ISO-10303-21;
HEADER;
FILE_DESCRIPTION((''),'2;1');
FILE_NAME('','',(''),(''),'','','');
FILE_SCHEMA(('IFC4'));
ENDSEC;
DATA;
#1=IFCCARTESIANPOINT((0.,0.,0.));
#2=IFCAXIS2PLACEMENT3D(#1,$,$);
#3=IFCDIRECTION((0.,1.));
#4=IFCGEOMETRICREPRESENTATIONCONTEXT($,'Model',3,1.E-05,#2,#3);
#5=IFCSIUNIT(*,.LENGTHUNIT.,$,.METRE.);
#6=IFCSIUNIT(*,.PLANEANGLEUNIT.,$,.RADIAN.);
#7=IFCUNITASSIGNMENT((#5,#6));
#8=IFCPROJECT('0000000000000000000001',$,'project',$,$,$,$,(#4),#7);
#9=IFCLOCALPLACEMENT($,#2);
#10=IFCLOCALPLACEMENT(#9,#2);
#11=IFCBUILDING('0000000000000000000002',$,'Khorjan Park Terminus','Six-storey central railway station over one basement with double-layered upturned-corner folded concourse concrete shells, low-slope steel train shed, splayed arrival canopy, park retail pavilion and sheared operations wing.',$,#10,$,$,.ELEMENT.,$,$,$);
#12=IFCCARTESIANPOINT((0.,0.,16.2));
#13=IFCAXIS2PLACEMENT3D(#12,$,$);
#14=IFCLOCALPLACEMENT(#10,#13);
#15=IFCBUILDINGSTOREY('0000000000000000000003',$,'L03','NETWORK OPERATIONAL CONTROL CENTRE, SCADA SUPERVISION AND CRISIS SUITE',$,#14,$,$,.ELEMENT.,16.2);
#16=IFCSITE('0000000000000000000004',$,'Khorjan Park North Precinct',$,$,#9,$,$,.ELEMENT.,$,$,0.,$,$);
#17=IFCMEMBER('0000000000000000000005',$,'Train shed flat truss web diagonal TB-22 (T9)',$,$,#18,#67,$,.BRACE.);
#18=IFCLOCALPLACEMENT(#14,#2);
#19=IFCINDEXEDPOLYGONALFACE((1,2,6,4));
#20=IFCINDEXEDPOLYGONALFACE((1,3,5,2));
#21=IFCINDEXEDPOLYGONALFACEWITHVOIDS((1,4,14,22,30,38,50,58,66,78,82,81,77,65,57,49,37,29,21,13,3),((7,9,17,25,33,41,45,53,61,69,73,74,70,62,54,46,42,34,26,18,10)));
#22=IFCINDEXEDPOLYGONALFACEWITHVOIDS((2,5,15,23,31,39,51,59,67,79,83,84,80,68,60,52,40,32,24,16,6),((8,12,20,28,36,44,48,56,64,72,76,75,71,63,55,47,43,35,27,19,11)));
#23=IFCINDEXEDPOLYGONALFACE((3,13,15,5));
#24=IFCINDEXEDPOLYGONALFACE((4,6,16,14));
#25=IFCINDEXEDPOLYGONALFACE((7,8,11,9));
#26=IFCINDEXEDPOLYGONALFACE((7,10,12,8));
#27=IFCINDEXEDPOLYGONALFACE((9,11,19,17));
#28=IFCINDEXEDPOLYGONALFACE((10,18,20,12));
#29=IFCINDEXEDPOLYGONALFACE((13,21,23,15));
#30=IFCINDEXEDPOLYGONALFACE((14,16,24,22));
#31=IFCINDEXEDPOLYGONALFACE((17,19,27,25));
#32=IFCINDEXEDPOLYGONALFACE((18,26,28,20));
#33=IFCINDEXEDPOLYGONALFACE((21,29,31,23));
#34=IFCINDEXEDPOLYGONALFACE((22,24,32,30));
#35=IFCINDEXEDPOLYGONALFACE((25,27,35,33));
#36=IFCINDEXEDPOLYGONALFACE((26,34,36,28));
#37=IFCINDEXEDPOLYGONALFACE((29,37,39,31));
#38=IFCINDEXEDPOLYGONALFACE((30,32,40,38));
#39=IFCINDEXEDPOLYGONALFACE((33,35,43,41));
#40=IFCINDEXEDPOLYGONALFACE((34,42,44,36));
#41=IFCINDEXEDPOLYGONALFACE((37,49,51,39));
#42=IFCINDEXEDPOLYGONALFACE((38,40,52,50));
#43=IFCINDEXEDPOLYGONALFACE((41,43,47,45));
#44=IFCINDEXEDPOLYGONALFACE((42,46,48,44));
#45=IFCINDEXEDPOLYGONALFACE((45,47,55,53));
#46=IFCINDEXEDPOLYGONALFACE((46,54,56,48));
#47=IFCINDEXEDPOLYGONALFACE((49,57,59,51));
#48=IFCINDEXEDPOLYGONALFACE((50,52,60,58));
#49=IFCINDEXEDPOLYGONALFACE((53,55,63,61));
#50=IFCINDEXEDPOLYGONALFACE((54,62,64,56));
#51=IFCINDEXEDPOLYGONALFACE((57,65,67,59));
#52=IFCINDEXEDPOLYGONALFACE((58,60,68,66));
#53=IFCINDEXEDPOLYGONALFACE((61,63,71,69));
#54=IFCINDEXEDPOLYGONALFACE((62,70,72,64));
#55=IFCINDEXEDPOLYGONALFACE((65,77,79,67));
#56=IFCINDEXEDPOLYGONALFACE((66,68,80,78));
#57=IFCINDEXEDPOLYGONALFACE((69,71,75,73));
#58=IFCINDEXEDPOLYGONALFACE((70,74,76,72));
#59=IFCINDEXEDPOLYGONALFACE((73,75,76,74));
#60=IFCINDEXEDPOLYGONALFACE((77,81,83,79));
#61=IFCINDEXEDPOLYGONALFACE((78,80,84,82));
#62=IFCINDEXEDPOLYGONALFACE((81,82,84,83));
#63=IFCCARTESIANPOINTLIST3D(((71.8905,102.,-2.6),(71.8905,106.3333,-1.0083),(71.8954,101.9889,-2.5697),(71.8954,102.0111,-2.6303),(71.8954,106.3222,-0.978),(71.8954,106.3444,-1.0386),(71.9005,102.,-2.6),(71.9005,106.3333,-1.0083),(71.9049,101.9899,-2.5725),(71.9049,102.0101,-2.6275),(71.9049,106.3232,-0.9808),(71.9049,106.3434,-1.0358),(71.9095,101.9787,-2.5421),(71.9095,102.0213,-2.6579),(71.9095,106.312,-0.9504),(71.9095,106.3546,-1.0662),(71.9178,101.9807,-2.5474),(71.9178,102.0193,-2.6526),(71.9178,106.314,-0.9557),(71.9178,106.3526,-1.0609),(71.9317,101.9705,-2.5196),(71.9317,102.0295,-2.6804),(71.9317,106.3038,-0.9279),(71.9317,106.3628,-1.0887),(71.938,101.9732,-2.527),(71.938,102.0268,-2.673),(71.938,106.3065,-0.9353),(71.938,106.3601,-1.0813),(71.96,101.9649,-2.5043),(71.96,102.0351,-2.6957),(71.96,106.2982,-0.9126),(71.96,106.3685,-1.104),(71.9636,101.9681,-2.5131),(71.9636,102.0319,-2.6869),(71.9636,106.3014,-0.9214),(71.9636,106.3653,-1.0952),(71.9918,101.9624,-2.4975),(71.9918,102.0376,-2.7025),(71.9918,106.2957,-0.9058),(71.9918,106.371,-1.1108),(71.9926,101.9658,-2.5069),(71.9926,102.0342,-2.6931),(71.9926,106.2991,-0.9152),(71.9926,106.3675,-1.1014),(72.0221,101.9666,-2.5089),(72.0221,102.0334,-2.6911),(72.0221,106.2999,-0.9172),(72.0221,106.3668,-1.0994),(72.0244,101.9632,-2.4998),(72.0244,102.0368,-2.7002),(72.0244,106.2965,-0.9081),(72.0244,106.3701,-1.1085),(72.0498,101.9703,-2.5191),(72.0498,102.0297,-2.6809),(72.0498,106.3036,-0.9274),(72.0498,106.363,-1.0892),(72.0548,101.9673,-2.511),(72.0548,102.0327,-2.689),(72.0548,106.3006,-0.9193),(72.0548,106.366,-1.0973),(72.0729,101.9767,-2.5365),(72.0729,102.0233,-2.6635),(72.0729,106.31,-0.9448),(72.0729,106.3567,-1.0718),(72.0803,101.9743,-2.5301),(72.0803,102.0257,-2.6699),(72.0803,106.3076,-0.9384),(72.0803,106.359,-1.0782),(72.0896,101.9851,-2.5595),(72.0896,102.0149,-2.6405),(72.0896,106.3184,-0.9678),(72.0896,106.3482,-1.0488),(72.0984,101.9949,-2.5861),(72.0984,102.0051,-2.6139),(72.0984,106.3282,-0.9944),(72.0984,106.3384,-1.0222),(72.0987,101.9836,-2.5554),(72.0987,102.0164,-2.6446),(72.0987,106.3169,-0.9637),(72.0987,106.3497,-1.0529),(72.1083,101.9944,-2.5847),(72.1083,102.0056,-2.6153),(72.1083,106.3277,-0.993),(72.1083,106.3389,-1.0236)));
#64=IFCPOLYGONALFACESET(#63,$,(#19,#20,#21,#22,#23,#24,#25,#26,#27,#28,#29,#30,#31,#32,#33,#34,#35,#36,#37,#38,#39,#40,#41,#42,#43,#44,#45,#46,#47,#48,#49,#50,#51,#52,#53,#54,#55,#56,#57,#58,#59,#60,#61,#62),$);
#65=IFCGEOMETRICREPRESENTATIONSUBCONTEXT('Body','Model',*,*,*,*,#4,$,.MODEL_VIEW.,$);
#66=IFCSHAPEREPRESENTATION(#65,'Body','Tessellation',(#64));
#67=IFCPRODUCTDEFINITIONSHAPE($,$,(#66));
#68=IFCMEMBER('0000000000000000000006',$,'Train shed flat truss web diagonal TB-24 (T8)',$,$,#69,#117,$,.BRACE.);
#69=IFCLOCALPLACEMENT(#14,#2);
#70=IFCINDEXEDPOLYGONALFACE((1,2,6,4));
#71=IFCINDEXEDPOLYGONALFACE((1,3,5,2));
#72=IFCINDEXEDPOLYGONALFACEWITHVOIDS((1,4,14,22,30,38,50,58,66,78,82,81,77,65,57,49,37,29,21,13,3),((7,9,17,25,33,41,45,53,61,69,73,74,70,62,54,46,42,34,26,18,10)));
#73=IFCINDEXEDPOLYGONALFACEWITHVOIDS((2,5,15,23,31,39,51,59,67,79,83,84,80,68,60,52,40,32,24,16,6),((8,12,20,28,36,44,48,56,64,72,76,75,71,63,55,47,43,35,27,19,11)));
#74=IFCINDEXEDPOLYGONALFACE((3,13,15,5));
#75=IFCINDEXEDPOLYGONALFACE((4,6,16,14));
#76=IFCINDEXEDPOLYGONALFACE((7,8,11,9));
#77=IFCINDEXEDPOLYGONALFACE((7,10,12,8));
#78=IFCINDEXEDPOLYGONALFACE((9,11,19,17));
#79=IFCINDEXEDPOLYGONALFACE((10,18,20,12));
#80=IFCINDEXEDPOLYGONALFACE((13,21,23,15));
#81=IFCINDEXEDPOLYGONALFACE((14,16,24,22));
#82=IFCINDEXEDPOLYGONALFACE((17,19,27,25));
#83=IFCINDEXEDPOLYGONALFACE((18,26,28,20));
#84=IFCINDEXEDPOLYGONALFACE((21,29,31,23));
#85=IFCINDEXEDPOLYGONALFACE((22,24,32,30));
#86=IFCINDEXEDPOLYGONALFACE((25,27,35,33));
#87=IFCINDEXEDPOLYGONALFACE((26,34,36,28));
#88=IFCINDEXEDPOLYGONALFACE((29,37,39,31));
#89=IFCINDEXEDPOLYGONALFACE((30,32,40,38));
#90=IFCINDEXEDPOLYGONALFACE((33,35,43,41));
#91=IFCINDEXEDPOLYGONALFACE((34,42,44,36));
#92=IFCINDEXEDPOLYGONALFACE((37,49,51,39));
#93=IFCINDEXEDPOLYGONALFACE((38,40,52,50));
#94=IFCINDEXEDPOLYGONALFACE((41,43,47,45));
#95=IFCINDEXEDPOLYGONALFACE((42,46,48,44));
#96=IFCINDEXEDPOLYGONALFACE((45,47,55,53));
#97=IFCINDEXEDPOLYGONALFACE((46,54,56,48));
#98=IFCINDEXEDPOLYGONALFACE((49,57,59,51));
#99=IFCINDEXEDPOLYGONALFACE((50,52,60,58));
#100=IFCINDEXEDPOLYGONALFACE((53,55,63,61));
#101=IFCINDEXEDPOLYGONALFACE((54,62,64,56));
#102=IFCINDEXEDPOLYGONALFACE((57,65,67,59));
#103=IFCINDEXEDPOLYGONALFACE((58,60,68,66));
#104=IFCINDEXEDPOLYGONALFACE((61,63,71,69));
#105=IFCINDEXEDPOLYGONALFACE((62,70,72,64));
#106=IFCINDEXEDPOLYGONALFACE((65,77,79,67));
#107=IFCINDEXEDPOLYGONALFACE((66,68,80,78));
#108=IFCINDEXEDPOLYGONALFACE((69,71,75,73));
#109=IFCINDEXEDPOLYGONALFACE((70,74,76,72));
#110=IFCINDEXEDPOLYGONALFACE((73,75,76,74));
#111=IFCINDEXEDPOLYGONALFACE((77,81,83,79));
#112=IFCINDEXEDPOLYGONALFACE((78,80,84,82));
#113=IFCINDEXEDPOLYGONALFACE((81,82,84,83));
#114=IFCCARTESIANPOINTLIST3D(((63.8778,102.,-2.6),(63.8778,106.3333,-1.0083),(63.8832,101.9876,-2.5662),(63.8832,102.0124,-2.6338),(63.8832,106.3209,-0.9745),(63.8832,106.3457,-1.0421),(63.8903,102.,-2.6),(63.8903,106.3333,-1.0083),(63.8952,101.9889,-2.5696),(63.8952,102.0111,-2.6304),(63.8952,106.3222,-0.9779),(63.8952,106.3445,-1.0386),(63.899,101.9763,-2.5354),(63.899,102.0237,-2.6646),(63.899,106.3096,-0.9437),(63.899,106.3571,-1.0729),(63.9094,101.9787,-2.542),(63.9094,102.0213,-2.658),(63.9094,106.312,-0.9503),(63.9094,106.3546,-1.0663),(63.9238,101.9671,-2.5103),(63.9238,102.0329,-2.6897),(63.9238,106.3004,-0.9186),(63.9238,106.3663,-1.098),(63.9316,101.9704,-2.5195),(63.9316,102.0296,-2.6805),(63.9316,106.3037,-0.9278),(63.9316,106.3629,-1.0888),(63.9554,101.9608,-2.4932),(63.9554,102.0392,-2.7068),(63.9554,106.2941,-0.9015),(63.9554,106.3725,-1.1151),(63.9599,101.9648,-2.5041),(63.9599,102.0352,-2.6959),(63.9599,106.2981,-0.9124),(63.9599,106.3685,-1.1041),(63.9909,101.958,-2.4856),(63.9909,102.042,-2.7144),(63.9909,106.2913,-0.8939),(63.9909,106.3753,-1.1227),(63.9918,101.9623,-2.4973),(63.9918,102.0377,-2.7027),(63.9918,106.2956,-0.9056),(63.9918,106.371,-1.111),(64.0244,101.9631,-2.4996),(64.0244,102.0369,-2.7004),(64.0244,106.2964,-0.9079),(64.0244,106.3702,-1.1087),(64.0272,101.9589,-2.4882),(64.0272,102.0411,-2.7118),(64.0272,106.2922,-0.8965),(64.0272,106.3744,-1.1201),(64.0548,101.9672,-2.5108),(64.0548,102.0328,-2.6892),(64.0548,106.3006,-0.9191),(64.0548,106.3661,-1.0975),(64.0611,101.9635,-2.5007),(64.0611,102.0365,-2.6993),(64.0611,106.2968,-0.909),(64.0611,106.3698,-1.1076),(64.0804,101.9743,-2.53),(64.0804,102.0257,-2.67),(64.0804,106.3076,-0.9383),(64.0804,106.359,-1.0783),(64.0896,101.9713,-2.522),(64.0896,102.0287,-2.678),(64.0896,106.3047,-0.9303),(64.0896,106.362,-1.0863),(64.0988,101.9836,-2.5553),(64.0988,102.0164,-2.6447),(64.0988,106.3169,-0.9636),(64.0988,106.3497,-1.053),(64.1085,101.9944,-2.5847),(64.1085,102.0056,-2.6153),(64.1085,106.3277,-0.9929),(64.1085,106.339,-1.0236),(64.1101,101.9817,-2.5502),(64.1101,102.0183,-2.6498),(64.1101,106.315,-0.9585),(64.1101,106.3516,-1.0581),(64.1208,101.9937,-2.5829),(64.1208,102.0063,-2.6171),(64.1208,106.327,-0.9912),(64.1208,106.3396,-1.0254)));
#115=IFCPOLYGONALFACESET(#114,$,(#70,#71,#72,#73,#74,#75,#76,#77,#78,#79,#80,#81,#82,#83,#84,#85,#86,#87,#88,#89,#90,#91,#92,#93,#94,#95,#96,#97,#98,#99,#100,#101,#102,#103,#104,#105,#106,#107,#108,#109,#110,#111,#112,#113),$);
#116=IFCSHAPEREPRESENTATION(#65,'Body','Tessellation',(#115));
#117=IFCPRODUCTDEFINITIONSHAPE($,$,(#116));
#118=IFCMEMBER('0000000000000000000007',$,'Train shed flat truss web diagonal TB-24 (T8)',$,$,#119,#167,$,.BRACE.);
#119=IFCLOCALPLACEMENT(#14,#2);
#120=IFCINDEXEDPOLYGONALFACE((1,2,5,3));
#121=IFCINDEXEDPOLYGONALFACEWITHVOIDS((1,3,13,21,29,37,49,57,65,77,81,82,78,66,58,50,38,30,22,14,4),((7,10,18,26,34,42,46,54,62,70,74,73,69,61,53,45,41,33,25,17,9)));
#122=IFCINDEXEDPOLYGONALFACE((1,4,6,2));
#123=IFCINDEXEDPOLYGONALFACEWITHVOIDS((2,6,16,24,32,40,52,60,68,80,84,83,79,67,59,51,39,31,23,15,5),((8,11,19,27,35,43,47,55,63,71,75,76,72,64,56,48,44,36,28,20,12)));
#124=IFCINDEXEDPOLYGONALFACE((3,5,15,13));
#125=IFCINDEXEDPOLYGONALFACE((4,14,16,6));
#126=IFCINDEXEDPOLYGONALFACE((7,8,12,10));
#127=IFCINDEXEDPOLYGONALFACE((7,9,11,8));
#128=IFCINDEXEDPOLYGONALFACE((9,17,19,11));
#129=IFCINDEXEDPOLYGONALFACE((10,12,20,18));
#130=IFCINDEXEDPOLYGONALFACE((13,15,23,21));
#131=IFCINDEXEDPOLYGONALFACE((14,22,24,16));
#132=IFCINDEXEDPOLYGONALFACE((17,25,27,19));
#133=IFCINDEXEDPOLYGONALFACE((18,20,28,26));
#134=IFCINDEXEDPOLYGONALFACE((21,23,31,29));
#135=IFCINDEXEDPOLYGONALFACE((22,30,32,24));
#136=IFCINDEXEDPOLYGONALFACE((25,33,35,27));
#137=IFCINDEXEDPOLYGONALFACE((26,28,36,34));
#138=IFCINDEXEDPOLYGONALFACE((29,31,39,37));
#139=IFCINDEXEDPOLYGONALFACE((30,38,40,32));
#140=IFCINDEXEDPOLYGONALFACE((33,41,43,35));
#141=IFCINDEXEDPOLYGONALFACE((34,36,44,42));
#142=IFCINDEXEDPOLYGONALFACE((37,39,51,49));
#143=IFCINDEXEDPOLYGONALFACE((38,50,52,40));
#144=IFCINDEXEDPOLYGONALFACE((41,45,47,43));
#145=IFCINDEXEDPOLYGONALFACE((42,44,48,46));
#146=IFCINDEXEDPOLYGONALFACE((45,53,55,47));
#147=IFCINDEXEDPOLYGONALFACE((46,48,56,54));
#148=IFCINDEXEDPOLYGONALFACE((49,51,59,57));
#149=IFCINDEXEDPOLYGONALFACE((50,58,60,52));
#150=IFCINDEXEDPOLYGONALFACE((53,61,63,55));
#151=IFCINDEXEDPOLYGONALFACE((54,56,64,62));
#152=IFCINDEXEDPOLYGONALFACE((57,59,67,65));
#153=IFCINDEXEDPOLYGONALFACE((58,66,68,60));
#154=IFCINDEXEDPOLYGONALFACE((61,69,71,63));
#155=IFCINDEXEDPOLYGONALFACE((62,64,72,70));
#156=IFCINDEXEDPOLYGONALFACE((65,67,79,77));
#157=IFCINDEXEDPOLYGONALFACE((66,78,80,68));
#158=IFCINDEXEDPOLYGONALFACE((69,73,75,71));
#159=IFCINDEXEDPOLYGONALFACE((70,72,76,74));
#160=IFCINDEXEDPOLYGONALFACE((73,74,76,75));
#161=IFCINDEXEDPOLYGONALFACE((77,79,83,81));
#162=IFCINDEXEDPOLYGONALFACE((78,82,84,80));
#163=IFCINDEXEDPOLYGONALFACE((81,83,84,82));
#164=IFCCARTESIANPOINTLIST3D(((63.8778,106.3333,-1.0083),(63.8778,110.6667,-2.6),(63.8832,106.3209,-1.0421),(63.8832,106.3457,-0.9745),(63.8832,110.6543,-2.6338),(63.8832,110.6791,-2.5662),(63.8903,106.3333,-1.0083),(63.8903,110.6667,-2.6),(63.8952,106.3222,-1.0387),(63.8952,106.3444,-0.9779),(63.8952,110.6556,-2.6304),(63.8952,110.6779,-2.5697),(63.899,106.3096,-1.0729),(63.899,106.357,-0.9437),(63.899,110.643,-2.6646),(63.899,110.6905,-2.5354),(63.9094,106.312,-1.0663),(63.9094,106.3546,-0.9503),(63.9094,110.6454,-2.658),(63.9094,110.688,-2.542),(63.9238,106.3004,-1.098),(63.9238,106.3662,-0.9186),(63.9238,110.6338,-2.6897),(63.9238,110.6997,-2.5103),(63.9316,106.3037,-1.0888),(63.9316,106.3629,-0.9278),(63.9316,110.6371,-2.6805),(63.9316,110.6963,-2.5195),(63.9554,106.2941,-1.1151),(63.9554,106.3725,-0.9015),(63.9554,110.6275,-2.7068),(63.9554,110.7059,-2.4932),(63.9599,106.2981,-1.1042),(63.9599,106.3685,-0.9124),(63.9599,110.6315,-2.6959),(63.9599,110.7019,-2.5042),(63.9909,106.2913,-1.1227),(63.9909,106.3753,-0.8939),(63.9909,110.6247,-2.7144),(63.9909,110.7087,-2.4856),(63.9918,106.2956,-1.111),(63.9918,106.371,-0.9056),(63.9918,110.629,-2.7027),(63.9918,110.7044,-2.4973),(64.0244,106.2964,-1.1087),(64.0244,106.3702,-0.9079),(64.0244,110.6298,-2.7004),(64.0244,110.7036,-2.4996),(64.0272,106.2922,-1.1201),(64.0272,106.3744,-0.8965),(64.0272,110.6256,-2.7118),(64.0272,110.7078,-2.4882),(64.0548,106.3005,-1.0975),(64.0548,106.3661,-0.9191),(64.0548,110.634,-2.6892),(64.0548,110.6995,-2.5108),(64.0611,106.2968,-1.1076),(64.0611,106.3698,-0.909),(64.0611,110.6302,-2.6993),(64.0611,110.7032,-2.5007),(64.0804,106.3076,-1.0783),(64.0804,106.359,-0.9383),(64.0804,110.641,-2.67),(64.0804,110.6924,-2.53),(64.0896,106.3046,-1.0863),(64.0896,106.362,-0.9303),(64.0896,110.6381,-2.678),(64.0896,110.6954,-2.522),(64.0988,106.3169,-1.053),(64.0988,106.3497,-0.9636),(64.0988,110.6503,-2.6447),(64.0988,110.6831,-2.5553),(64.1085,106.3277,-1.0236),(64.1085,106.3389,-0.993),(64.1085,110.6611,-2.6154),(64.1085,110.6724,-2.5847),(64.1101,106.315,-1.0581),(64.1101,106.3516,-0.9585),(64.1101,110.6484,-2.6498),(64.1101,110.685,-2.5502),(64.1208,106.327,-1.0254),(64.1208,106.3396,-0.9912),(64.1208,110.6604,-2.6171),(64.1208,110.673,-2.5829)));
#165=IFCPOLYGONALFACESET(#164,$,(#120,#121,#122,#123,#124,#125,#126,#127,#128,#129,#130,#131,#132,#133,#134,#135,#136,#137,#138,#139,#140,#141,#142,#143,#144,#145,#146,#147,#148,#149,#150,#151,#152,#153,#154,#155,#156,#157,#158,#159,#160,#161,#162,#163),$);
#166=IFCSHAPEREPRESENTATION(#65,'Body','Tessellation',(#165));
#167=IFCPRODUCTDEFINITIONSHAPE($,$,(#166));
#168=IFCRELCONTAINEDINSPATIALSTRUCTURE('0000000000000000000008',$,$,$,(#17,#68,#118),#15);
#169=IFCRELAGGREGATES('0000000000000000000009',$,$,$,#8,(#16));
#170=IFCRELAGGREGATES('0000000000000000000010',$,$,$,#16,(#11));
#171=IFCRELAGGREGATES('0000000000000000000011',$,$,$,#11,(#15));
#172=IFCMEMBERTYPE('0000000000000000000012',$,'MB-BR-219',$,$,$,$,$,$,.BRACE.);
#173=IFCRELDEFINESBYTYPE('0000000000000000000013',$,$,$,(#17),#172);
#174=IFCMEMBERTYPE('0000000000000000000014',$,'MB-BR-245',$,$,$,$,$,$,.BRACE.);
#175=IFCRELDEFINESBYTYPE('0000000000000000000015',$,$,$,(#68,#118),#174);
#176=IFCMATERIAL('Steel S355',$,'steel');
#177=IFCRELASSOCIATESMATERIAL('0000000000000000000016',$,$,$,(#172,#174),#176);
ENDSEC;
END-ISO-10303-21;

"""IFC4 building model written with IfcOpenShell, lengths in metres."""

from ifc_helpers import new_model, si_unit, direction, frame, origin, origin_2d, place, context, subcontext, project, spatial, hollow_circle, extrude, material, material_profile, profile_set, type_object, element, save


model = new_model("IFC4")

# Units and contexts
model_context = context("Model", 3, precision=1e-05, world=origin(), true_north=direction((0.0, 1.0)))
body_context = subcontext(model_context, "Body", "Model", "MODEL_VIEW")
ifc_project = project(units=[si_unit("LENGTHUNIT", "METRE"), si_unit("PLANEANGLEUNIT", "RADIAN")], contexts=[model_context])

# Site, building, storey
site_placement = place(None, origin())
site = spatial("IfcSite", under=ifc_project, at=site_placement, Name="Khorjan Park North Precinct", CompositionType="ELEMENT", RefElevation=0.0)
building_placement = place(site_placement, origin())
building = spatial("IfcBuilding", under=site, at=building_placement, Name="Khorjan Park Terminus", Description="Six-storey central railway station over one basement with double-layered upturned-corner folded concourse concrete shells, low-slope steel train shed, splayed arrival canopy, park retail pavilion and sheared operations wing.", CompositionType="ELEMENT")
storey_placement = place(building_placement, frame((0.0, 0.0, 16.2)))
storey = spatial("IfcBuildingStorey", under=building, at=storey_placement, Name="L03", Description="NETWORK OPERATIONAL CONTROL CENTRE, SCADA SUPERVISION AND CRISIS SUITE", CompositionType="ELEMENT", Elevation=16.2)

# Members
ifc_material_1 = material(Name="Steel S355", Category="steel")
ifc_material_profile_1 = material_profile(ifc_material_1, hollow_circle(Radius=0.1095, WallThickness=0.01, at=origin_2d()), Name="CHS 219.1x10")
ifc_profile_set_1 = profile_set([ifc_material_profile_1], Name="Steel S355")
member_type_1 = type_object("IfcMemberType", Name="MB-BR-219", PredefinedType="BRACE", material=ifc_profile_set_1)
member_1_placement = place(storey_placement, frame((72.0, 102.0, -2.6), z_axis=(0.0, 0.938678, 0.344794), x_axis=(-1.0, 0.0, 0.0)))
element("IfcMember", 1, at=member_1_placement, inside=storey, type_object=member_type_1, Name="Train shed flat truss web diagonal TB-22 (T9)", PredefinedType="BRACE", context=body_context, shape_type="SweptSolid", body=[
    extrude(hollow_circle(Radius=0.1095, WallThickness=0.01, at=origin_2d()), origin(), (0.0, 0.0, 1.0), 4.6164),
])
ifc_material_profile_2 = material_profile(ifc_material_1, hollow_circle(Radius=0.1222, WallThickness=0.0125, at=origin_2d()), Name="CHS 244.5x12.5")
ifc_profile_set_2 = profile_set([ifc_material_profile_2], Name="Steel S355")
member_type_2 = type_object("IfcMemberType", Name="MB-BR-245", PredefinedType="BRACE", material=ifc_profile_set_2)
member_2_placement = place(storey_placement, frame((64.0, 102.0, -2.6), z_axis=(0.0, 0.938678, 0.344794), x_axis=(-1.0, 0.0, 0.0)))
element("IfcMember", 2, at=member_2_placement, inside=storey, type_object=member_type_2, Name="Train shed flat truss web diagonal TB-24 (T8)", PredefinedType="BRACE", context=body_context, shape_type="SweptSolid", body=[
    extrude(hollow_circle(Radius=0.1222, WallThickness=0.0125, at=origin_2d()), origin(), (0.0, 0.0, 1.0), 4.6164),
])
member_3_placement = place(storey_placement, frame((64.0, 106.3333, -1.0083), z_axis=(0.0, 0.938681, -0.344787), x_axis=(-1.0, 0.0, 0.0)))
element("IfcMember", 3, at=member_3_placement, inside=storey, type_object=member_type_2, Name="Train shed flat truss web diagonal TB-24 (T8)", PredefinedType="BRACE", context=body_context, shape_type="SweptSolid", body=[
    extrude(hollow_circle(Radius=0.1222, WallThickness=0.0125, at=origin_2d()), origin(), (0.0, 0.0, 1.0), 4.6165),
])

save(model, "model.ifc")
